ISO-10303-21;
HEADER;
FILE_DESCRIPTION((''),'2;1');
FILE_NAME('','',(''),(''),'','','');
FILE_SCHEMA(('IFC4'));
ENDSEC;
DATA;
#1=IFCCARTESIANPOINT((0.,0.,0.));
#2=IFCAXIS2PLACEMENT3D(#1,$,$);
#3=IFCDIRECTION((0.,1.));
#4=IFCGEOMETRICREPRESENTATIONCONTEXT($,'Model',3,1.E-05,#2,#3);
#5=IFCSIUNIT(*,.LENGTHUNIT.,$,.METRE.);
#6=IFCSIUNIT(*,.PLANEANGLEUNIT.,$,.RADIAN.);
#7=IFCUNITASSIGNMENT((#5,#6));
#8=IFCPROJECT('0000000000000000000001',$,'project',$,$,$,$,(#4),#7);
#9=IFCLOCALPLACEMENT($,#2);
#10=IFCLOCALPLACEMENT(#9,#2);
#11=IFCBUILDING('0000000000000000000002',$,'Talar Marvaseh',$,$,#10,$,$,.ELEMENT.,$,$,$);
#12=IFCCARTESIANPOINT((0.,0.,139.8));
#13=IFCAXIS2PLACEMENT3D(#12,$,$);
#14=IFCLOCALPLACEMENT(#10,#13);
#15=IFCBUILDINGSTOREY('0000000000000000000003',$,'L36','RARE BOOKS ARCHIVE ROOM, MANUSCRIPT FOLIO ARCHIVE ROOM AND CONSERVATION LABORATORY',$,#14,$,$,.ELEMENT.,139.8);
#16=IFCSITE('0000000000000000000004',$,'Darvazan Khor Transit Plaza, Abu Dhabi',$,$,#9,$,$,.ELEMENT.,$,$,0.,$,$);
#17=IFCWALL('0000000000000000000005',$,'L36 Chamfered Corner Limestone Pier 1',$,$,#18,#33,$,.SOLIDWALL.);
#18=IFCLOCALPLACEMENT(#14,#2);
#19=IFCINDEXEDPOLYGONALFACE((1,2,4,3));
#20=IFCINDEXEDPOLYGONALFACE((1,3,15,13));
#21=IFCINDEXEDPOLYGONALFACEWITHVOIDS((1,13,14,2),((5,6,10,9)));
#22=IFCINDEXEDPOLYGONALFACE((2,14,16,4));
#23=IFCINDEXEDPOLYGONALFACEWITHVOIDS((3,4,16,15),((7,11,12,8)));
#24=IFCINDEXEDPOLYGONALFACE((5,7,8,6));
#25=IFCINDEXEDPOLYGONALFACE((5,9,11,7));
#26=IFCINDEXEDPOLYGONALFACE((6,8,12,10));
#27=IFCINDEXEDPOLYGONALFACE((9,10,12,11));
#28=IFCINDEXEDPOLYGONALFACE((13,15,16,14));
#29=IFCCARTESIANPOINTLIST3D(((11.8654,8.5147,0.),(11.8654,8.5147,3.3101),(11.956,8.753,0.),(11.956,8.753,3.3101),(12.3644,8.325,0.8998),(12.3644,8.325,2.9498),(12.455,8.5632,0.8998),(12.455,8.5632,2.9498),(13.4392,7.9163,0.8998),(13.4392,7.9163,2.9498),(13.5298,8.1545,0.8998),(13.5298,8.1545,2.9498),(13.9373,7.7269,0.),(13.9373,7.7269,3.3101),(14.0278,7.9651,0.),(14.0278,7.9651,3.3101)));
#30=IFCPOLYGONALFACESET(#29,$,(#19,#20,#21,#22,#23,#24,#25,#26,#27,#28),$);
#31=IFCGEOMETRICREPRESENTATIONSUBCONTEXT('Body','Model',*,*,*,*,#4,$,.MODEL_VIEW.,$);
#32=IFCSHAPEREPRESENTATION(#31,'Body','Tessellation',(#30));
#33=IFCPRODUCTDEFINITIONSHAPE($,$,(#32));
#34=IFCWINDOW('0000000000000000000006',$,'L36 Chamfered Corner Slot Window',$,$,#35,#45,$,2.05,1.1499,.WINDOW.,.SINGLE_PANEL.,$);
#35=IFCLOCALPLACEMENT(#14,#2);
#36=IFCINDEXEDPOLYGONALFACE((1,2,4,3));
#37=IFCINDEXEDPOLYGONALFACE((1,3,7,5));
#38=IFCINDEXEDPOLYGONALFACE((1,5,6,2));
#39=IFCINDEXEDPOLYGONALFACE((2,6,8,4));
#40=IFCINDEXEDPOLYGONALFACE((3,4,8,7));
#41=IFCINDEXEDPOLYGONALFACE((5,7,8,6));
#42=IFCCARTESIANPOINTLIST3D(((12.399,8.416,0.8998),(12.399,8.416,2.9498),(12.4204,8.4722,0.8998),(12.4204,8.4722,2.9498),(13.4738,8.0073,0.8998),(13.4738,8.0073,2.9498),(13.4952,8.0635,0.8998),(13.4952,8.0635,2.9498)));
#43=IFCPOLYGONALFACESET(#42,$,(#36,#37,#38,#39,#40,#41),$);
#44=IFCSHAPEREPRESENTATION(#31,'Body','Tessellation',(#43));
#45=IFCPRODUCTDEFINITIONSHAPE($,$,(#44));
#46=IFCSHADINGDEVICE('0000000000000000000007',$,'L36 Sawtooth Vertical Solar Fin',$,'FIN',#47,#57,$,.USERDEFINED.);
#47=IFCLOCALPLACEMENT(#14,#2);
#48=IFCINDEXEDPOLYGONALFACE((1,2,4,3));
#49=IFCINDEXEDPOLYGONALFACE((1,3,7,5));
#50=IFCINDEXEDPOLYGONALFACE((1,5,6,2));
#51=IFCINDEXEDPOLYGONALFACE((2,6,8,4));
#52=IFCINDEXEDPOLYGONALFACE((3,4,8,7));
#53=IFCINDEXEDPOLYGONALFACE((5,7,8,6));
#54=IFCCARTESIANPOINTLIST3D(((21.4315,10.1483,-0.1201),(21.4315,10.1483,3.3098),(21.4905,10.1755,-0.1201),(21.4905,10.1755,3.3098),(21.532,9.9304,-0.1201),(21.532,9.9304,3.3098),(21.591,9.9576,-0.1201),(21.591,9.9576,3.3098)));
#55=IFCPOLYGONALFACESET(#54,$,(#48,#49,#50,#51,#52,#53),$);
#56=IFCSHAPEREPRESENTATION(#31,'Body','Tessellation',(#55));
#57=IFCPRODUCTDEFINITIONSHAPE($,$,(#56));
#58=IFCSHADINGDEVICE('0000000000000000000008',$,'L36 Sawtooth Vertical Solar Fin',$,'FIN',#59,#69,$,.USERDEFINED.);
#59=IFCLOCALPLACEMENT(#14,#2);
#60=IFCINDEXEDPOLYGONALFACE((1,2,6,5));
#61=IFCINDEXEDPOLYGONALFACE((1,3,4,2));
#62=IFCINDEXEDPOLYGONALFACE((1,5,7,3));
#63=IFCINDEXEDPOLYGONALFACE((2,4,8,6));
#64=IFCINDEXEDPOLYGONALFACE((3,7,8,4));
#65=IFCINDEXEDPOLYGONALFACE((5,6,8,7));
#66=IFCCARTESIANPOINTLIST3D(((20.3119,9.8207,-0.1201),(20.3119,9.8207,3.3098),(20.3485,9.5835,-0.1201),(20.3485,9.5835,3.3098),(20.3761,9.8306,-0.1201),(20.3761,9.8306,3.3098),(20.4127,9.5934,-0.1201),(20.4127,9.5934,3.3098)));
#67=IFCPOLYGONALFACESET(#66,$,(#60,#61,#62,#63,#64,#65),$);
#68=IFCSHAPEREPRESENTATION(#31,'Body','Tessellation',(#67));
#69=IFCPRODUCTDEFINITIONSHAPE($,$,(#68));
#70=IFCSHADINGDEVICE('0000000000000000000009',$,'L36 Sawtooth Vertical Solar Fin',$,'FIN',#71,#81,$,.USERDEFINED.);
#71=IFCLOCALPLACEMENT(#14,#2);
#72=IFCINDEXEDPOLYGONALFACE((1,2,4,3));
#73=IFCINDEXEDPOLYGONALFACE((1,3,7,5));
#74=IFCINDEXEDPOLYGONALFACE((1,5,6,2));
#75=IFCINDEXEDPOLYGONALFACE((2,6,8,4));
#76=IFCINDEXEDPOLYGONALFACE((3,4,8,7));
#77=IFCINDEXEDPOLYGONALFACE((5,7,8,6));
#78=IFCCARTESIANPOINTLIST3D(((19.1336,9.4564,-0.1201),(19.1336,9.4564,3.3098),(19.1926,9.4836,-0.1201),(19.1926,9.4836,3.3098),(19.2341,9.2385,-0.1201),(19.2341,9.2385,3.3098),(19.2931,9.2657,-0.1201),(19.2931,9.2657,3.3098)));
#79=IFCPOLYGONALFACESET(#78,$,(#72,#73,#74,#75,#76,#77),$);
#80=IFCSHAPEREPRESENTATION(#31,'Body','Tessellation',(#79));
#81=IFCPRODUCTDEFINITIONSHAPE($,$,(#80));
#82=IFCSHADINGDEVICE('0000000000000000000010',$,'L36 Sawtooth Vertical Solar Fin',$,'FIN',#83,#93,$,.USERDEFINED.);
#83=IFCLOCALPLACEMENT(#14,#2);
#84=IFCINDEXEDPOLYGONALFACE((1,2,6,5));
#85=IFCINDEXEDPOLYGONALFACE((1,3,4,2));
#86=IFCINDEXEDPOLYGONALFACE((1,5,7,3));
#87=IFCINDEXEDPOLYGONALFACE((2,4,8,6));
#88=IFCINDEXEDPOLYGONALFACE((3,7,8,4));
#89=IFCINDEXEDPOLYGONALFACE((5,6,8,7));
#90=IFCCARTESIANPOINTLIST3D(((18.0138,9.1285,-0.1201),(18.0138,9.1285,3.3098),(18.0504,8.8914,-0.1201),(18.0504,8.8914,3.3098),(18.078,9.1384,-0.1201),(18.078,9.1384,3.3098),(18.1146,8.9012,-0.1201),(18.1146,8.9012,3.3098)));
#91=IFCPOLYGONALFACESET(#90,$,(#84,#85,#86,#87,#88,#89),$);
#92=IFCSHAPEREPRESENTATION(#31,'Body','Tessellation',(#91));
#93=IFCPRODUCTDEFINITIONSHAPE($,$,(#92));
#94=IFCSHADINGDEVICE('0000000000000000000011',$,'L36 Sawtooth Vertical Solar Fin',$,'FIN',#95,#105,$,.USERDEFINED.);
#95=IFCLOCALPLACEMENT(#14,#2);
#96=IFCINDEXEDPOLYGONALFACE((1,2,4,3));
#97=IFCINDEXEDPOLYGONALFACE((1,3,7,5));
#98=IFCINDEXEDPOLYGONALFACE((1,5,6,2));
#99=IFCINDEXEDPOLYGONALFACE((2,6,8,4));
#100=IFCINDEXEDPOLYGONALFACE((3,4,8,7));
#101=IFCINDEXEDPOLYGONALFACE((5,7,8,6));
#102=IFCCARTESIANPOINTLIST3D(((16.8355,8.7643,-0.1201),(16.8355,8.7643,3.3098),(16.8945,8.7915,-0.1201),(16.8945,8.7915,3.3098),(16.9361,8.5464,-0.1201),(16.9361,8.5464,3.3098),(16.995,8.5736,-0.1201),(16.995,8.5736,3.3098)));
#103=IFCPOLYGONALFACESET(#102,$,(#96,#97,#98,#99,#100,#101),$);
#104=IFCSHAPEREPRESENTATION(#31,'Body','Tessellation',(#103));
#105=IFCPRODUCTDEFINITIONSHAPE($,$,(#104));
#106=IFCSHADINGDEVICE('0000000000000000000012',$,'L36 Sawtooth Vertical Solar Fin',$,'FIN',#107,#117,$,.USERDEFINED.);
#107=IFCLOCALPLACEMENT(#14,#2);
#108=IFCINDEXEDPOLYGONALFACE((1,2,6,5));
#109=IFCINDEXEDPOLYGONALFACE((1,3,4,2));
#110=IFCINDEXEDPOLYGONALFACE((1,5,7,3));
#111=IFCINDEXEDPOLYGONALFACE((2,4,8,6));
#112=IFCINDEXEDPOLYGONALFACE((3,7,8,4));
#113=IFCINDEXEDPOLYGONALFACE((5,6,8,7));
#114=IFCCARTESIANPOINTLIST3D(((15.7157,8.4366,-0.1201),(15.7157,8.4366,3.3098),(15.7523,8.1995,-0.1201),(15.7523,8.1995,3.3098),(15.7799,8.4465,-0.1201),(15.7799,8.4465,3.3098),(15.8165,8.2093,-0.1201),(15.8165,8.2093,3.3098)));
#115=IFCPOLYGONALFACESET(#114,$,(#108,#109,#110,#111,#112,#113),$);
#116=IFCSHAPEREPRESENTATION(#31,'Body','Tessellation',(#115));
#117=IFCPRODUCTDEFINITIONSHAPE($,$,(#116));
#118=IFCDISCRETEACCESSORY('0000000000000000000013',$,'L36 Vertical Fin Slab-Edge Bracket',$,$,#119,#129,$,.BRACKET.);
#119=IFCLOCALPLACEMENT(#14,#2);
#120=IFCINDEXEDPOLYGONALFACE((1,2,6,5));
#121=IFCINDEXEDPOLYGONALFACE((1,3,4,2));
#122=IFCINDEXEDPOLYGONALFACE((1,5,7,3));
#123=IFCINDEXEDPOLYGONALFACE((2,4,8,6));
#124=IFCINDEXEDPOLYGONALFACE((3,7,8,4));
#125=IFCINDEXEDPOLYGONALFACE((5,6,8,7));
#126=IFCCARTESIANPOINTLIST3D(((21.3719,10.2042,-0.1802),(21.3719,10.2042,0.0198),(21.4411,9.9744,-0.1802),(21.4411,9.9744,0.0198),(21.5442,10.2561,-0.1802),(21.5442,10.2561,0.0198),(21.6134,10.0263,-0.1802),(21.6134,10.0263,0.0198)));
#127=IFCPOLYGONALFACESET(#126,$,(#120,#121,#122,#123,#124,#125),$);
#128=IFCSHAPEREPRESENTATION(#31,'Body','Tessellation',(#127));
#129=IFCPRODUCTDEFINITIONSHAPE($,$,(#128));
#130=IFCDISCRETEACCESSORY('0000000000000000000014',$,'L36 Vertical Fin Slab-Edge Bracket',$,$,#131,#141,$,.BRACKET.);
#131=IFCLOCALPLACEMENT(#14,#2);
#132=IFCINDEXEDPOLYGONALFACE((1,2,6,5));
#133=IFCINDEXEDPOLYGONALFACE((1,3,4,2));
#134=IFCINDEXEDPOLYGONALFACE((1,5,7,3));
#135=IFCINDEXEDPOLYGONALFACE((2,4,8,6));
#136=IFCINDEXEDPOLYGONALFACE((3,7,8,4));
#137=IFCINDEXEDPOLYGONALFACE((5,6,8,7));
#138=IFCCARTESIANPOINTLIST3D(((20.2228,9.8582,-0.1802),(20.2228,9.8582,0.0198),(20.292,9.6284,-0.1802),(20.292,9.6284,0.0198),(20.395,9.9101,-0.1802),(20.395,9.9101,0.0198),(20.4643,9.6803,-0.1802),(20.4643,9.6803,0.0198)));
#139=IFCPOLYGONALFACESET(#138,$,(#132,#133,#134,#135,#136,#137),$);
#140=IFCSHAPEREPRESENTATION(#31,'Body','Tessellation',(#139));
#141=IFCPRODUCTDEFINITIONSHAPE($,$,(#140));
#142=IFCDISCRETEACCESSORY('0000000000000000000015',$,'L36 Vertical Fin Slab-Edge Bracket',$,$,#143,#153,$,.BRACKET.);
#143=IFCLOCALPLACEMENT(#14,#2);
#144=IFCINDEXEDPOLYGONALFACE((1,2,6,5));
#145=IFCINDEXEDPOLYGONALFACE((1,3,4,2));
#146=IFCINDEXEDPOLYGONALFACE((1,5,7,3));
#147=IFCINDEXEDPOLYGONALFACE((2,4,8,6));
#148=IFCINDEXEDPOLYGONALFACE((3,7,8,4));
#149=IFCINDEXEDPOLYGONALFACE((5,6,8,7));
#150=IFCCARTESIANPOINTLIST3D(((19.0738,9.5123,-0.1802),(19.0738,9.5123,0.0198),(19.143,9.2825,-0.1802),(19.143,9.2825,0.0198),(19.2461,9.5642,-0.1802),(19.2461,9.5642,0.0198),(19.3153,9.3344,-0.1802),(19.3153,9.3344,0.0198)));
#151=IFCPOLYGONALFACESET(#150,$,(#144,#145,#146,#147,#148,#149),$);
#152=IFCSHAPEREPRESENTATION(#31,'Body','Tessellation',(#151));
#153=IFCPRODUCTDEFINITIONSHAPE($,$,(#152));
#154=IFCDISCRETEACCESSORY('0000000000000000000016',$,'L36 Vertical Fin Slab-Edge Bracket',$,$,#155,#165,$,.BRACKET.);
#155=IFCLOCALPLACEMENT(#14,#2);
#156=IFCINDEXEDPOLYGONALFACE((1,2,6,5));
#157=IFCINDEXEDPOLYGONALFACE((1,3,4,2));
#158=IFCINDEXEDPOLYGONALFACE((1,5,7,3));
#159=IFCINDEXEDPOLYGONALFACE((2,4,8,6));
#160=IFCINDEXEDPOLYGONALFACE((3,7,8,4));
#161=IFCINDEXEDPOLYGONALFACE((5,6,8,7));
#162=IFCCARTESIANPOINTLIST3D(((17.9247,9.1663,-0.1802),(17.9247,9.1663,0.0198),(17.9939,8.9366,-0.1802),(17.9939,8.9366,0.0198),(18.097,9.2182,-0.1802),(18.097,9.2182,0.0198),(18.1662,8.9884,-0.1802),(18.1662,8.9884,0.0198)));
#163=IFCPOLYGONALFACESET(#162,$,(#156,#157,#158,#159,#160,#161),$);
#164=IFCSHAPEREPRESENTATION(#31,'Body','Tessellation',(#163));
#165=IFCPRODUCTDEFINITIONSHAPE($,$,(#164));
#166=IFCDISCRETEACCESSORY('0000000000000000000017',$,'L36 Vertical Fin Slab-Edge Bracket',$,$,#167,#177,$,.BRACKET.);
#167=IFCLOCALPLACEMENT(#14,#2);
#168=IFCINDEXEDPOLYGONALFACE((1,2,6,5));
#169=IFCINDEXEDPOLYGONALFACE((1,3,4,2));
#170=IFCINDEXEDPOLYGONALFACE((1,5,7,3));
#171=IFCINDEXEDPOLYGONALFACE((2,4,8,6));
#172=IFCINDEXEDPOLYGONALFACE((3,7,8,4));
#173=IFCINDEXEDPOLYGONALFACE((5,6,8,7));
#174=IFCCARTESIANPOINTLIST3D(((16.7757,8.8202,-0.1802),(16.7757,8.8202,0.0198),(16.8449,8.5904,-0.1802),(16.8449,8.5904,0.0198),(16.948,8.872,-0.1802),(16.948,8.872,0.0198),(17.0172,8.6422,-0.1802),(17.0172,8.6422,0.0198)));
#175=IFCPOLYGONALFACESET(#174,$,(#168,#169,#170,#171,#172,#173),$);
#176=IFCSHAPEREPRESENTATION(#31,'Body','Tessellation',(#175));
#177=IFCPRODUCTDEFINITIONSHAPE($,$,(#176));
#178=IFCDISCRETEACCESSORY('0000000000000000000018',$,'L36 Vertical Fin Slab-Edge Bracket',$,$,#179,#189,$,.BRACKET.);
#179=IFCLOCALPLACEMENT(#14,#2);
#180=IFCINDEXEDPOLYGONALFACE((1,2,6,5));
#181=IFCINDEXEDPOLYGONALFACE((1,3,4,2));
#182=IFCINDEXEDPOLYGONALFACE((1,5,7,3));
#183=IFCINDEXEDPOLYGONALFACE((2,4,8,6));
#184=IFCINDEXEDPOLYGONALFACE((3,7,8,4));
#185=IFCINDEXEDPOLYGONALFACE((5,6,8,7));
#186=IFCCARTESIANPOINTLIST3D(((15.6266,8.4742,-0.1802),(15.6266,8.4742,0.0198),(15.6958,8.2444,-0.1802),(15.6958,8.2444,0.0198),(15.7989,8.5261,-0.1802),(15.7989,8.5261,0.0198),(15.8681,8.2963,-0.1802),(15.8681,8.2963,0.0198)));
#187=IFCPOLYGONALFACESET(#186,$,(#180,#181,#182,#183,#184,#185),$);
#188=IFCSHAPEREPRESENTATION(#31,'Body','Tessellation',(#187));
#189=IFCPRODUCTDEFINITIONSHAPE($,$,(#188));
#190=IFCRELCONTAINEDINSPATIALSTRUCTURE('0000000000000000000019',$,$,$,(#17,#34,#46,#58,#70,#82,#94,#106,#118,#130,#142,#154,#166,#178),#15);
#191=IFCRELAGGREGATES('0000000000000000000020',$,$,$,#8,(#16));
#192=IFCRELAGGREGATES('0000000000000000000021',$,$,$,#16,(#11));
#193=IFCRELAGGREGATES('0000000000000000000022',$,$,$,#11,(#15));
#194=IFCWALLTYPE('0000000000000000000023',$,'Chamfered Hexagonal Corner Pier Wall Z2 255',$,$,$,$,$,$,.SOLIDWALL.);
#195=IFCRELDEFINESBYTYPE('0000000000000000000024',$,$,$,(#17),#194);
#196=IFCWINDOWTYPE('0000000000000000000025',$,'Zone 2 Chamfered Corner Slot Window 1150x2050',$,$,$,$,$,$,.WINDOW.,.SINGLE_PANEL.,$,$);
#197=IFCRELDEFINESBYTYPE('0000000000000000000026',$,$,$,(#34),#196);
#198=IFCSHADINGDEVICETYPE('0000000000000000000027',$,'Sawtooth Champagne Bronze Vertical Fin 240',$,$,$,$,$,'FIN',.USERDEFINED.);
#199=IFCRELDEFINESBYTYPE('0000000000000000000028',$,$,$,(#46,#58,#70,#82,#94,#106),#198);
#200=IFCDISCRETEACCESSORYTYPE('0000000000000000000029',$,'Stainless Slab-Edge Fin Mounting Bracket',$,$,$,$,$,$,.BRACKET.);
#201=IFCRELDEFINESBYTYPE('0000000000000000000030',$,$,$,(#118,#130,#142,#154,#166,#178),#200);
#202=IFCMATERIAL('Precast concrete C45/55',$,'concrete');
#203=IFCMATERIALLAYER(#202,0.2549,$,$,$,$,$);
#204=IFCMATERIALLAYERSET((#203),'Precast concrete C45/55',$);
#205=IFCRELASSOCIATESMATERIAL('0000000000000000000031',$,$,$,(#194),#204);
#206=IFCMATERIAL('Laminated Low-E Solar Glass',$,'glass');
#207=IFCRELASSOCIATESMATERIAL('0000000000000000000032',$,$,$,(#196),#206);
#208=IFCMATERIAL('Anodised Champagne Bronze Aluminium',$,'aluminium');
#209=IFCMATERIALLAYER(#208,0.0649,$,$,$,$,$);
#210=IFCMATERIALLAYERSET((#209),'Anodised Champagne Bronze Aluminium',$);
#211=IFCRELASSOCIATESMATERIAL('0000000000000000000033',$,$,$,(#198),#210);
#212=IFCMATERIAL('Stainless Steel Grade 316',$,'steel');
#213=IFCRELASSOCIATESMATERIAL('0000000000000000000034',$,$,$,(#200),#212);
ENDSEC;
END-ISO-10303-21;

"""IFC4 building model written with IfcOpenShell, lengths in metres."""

from ifc_helpers import new_model, si_unit, direction, frame, frame_2d, origin, origin_2d, place, context, subcontext, project, spatial, rectangle, extrude, source, transform, mapped, material, layer, layer_set, type_object, type_shapes, element, fill, save


model = new_model("IFC4")

# Units and contexts
model_context = context("Model", 3, precision=1e-05, world=origin(), true_north=direction((0.0, 1.0)))
body_context = subcontext(model_context, "Body", "Model", "MODEL_VIEW")
ifc_project = project(units=[si_unit("LENGTHUNIT", "METRE"), si_unit("PLANEANGLEUNIT", "RADIAN")], contexts=[model_context])

# Site, building, storey
site_placement = place(None, origin())
site = spatial("IfcSite", under=ifc_project, at=site_placement, Name="Darvazan Khor Transit Plaza, Abu Dhabi", CompositionType="ELEMENT", RefElevation=0.0)
building_placement = place(site_placement, origin())
building = spatial("IfcBuilding", under=site, at=building_placement, Name="Talar Marvaseh", CompositionType="ELEMENT")
storey_placement = place(building_placement, frame((0.0, 0.0, 139.8)))
storey = spatial("IfcBuildingStorey", under=building, at=storey_placement, Name="L36", Description="RARE BOOKS ARCHIVE ROOM, MANUSCRIPT FOLIO ARCHIVE ROOM AND CONSERVATION LABORATORY", CompositionType="ELEMENT", Elevation=139.8)

# Shared definitions
ifc_material_1 = material(Name="Laminated Low-E Solar Glass", Category="glass")

# Wall, opening, window
ifc_material_2 = material(Name="Precast concrete C45/55", Category="concrete")
ifc_layer_1 = layer(ifc_material_2, 0.2549)
ifc_layer_set_1 = layer_set([ifc_layer_1], Name="Precast concrete C45/55")
wall_type = type_object("IfcWallType", Name="Chamfered Hexagonal Corner Pier Wall Z2 255", PredefinedType="SOLIDWALL", material=ifc_layer_set_1)
wall_placement = place(storey_placement, frame((13.9827, 7.8459, 0.0), z_axis=(0.0, 0.0, 1.0), x_axis=(-0.934699, 0.355441, 0.0)))
wall = element("IfcWall", 1, at=wall_placement, inside=storey, type_object=wall_type, Name="L36 Chamfered Corner Limestone Pier 1", PredefinedType="SOLIDWALL", context=body_context, shape_type="SweptSolid", body=[
    extrude(rectangle(XDim=2.2166, YDim=0.2549, at=frame_2d((1.1084, 0.0))), origin(), (0.0, 0.0, 1.0), 3.3101),
])
opening_placement = place(wall_placement, frame((0.533, 0.0, 0.8999)))
opening = element("IfcOpeningElement", 2, at=opening_placement, cuts=wall, PredefinedType="OPENING", context=body_context, shape_type="SweptSolid", body=[
    extrude(rectangle(XDim=1.1499, YDim=2.05, at=frame_2d((0.575, 1.0249))), frame((0.0, 0.1375, 0.0), z_axis=(0.0, -1.0, 0.0), x_axis=(1.0, 0.0, 0.0)), (0.0, 0.0, 1.0), 0.2749),
])
window_type = type_object("IfcWindowType", Name="Zone 2 Chamfered Corner Slot Window 1150x2050", PartitioningType="SINGLE_PANEL", PredefinedType="WINDOW", material=ifc_material_1)
shared_shape_1 = source(origin(), body_context, "Body", "SweptSolid", [
    extrude(rectangle(XDim=1.1499, YDim=2.05, at=frame_2d((0.575, 1.0249))), frame((0.0, 0.03, 0.0), z_axis=(0.0, -1.0, 0.0), x_axis=(1.0, 0.0, 0.0)), (0.0, 0.0, 1.0), 0.0601),
])
type_shapes(window_type, [shared_shape_1])
window_placement = place(opening_placement, origin())
window = element("IfcWindow", 3, at=window_placement, inside=storey, type_object=window_type, Name="L36 Chamfered Corner Slot Window", OverallHeight=2.05, OverallWidth=1.1499, PartitioningType="SINGLE_PANEL", PredefinedType="WINDOW", context=body_context, shape_type="MappedRepresentation", body=[
    mapped(shared_shape_1, transform((0.0, 0.0, 0.0), x_axis=(1.0, 0.0, 0.0), y_axis=(0.0, 1.0, 0.0), z_axis=(0.0, 0.0, 1.0), scale=1.0)),
])
fill(opening, window)

# Shading devices
ifc_material_3 = material(Name="Anodised Champagne Bronze Aluminium", Category="aluminium")
ifc_layer_2 = layer(ifc_material_3, 0.0649)
ifc_layer_set_2 = layer_set([ifc_layer_2], Name="Anodised Champagne Bronze Aluminium")
shading_device_type = type_object("IfcShadingDeviceType", Name="Sawtooth Champagne Bronze Vertical Fin 240", ElementType="FIN", PredefinedType="USERDEFINED", material=ifc_layer_set_2)
shared_shape_2 = source(origin(), body_context, "Body", "SweptSolid", [
    extrude(rectangle(XDim=0.24, YDim=0.0649, at=origin_2d()), origin(), (0.0, 0.0, 1.0), 3.4299),
])
type_shapes(shading_device_type, [shared_shape_2])
for number, where, z_axis, x_axis, name in (
    (4, (21.5112, 10.053, -0.1201), (0.0, 0.0, 1.0), (0.418818, -0.90807, 0.0), "L36 Sawtooth Vertical Solar Fin"),
    (5, (20.3623, 9.707, -0.1201), (0.0, 0.0, 1.0), (0.152296, -0.988335, 0.0), "L36 Sawtooth Vertical Solar Fin"),
    (6, (19.2134, 9.3611, -0.1201), (0.0, 0.0, 1.0), (0.418818, -0.90807, 0.0), "L36 Sawtooth Vertical Solar Fin"),
    (7, (18.0642, 9.0149, -0.1201), (0.0, 0.0, 1.0), (0.152296, -0.988335, 0.0), "L36 Sawtooth Vertical Solar Fin"),
    (8, (16.9153, 8.6689, -0.1201), (0.0, 0.0, 1.0), (0.418818, -0.90807, 0.0), "L36 Sawtooth Vertical Solar Fin"),
    (9, (15.7661, 8.323, -0.1201), (0.0, 0.0, 1.0), (0.152296, -0.988335, 0.0), "L36 Sawtooth Vertical Solar Fin"),
):
    element("IfcShadingDevice", number, at=place(storey_placement, frame(where, z_axis=z_axis, x_axis=x_axis)), inside=storey, type_object=shading_device_type, Name=name, ObjectType="FIN", PredefinedType="USERDEFINED", context=body_context, shape_type="MappedRepresentation", body=[
        mapped(shared_shape_2, transform((0.0, 0.0, 0.0), x_axis=(1.0, 0.0, 0.0), y_axis=(0.0, 1.0, 0.0), z_axis=(0.0, 0.0, 1.0), scale=1.0)),
    ])

# Discrete accessories
ifc_material_4 = material(Name="Stainless Steel Grade 316", Category="steel")
discrete_accessory_type = type_object("IfcDiscreteAccessoryType", Name="Stainless Slab-Edge Fin Mounting Bracket", PredefinedType="BRACKET", material=ifc_material_4)
shared_shape_3 = source(origin(), body_context, "Body", "SweptSolid", [
    extrude(rectangle(XDim=0.24, YDim=0.1799, at=origin_2d()), origin(), (0.0, 0.0, 1.0), 0.2),
])
type_shapes(discrete_accessory_type, [shared_shape_3])
for number, where, z_axis, x_axis, name in (
    (10, (21.4927, 10.1152, -0.1802), (0.0, 0.0, 1.0), (0.288363, -0.957521, 0.0), "L36 Vertical Fin Slab-Edge Bracket"),
    (11, (20.3435, 9.7693, -0.1802), (0.0, 0.0, 1.0), (0.288363, -0.957521, 0.0), "L36 Vertical Fin Slab-Edge Bracket"),
    (12, (19.1946, 9.4233, -0.1802), (0.0, 0.0, 1.0), (0.288363, -0.957521, 0.0), "L36 Vertical Fin Slab-Edge Bracket"),
    (13, (18.0454, 9.0774, -0.1802), (0.0, 0.0, 1.0), (0.288363, -0.957521, 0.0), "L36 Vertical Fin Slab-Edge Bracket"),
    (14, (16.8965, 8.7312, -0.1802), (0.0, 0.0, 1.0), (0.288363, -0.957521, 0.0), "L36 Vertical Fin Slab-Edge Bracket"),
    (15, (15.7473, 8.3853, -0.1802), (0.0, 0.0, 1.0), (0.288363, -0.957521, 0.0), "L36 Vertical Fin Slab-Edge Bracket"),
):
    element("IfcDiscreteAccessory", number, at=place(storey_placement, frame(where, z_axis=z_axis, x_axis=x_axis)), inside=storey, type_object=discrete_accessory_type, Name=name, PredefinedType="BRACKET", context=body_context, shape_type="MappedRepresentation", body=[
        mapped(shared_shape_3, transform((0.0, 0.0, 0.0), x_axis=(1.0, 0.0, 0.0), y_axis=(0.0, 1.0, 0.0), z_axis=(0.0, 0.0, 1.0), scale=1.0)),
    ])

save(model, "model.ifc")
